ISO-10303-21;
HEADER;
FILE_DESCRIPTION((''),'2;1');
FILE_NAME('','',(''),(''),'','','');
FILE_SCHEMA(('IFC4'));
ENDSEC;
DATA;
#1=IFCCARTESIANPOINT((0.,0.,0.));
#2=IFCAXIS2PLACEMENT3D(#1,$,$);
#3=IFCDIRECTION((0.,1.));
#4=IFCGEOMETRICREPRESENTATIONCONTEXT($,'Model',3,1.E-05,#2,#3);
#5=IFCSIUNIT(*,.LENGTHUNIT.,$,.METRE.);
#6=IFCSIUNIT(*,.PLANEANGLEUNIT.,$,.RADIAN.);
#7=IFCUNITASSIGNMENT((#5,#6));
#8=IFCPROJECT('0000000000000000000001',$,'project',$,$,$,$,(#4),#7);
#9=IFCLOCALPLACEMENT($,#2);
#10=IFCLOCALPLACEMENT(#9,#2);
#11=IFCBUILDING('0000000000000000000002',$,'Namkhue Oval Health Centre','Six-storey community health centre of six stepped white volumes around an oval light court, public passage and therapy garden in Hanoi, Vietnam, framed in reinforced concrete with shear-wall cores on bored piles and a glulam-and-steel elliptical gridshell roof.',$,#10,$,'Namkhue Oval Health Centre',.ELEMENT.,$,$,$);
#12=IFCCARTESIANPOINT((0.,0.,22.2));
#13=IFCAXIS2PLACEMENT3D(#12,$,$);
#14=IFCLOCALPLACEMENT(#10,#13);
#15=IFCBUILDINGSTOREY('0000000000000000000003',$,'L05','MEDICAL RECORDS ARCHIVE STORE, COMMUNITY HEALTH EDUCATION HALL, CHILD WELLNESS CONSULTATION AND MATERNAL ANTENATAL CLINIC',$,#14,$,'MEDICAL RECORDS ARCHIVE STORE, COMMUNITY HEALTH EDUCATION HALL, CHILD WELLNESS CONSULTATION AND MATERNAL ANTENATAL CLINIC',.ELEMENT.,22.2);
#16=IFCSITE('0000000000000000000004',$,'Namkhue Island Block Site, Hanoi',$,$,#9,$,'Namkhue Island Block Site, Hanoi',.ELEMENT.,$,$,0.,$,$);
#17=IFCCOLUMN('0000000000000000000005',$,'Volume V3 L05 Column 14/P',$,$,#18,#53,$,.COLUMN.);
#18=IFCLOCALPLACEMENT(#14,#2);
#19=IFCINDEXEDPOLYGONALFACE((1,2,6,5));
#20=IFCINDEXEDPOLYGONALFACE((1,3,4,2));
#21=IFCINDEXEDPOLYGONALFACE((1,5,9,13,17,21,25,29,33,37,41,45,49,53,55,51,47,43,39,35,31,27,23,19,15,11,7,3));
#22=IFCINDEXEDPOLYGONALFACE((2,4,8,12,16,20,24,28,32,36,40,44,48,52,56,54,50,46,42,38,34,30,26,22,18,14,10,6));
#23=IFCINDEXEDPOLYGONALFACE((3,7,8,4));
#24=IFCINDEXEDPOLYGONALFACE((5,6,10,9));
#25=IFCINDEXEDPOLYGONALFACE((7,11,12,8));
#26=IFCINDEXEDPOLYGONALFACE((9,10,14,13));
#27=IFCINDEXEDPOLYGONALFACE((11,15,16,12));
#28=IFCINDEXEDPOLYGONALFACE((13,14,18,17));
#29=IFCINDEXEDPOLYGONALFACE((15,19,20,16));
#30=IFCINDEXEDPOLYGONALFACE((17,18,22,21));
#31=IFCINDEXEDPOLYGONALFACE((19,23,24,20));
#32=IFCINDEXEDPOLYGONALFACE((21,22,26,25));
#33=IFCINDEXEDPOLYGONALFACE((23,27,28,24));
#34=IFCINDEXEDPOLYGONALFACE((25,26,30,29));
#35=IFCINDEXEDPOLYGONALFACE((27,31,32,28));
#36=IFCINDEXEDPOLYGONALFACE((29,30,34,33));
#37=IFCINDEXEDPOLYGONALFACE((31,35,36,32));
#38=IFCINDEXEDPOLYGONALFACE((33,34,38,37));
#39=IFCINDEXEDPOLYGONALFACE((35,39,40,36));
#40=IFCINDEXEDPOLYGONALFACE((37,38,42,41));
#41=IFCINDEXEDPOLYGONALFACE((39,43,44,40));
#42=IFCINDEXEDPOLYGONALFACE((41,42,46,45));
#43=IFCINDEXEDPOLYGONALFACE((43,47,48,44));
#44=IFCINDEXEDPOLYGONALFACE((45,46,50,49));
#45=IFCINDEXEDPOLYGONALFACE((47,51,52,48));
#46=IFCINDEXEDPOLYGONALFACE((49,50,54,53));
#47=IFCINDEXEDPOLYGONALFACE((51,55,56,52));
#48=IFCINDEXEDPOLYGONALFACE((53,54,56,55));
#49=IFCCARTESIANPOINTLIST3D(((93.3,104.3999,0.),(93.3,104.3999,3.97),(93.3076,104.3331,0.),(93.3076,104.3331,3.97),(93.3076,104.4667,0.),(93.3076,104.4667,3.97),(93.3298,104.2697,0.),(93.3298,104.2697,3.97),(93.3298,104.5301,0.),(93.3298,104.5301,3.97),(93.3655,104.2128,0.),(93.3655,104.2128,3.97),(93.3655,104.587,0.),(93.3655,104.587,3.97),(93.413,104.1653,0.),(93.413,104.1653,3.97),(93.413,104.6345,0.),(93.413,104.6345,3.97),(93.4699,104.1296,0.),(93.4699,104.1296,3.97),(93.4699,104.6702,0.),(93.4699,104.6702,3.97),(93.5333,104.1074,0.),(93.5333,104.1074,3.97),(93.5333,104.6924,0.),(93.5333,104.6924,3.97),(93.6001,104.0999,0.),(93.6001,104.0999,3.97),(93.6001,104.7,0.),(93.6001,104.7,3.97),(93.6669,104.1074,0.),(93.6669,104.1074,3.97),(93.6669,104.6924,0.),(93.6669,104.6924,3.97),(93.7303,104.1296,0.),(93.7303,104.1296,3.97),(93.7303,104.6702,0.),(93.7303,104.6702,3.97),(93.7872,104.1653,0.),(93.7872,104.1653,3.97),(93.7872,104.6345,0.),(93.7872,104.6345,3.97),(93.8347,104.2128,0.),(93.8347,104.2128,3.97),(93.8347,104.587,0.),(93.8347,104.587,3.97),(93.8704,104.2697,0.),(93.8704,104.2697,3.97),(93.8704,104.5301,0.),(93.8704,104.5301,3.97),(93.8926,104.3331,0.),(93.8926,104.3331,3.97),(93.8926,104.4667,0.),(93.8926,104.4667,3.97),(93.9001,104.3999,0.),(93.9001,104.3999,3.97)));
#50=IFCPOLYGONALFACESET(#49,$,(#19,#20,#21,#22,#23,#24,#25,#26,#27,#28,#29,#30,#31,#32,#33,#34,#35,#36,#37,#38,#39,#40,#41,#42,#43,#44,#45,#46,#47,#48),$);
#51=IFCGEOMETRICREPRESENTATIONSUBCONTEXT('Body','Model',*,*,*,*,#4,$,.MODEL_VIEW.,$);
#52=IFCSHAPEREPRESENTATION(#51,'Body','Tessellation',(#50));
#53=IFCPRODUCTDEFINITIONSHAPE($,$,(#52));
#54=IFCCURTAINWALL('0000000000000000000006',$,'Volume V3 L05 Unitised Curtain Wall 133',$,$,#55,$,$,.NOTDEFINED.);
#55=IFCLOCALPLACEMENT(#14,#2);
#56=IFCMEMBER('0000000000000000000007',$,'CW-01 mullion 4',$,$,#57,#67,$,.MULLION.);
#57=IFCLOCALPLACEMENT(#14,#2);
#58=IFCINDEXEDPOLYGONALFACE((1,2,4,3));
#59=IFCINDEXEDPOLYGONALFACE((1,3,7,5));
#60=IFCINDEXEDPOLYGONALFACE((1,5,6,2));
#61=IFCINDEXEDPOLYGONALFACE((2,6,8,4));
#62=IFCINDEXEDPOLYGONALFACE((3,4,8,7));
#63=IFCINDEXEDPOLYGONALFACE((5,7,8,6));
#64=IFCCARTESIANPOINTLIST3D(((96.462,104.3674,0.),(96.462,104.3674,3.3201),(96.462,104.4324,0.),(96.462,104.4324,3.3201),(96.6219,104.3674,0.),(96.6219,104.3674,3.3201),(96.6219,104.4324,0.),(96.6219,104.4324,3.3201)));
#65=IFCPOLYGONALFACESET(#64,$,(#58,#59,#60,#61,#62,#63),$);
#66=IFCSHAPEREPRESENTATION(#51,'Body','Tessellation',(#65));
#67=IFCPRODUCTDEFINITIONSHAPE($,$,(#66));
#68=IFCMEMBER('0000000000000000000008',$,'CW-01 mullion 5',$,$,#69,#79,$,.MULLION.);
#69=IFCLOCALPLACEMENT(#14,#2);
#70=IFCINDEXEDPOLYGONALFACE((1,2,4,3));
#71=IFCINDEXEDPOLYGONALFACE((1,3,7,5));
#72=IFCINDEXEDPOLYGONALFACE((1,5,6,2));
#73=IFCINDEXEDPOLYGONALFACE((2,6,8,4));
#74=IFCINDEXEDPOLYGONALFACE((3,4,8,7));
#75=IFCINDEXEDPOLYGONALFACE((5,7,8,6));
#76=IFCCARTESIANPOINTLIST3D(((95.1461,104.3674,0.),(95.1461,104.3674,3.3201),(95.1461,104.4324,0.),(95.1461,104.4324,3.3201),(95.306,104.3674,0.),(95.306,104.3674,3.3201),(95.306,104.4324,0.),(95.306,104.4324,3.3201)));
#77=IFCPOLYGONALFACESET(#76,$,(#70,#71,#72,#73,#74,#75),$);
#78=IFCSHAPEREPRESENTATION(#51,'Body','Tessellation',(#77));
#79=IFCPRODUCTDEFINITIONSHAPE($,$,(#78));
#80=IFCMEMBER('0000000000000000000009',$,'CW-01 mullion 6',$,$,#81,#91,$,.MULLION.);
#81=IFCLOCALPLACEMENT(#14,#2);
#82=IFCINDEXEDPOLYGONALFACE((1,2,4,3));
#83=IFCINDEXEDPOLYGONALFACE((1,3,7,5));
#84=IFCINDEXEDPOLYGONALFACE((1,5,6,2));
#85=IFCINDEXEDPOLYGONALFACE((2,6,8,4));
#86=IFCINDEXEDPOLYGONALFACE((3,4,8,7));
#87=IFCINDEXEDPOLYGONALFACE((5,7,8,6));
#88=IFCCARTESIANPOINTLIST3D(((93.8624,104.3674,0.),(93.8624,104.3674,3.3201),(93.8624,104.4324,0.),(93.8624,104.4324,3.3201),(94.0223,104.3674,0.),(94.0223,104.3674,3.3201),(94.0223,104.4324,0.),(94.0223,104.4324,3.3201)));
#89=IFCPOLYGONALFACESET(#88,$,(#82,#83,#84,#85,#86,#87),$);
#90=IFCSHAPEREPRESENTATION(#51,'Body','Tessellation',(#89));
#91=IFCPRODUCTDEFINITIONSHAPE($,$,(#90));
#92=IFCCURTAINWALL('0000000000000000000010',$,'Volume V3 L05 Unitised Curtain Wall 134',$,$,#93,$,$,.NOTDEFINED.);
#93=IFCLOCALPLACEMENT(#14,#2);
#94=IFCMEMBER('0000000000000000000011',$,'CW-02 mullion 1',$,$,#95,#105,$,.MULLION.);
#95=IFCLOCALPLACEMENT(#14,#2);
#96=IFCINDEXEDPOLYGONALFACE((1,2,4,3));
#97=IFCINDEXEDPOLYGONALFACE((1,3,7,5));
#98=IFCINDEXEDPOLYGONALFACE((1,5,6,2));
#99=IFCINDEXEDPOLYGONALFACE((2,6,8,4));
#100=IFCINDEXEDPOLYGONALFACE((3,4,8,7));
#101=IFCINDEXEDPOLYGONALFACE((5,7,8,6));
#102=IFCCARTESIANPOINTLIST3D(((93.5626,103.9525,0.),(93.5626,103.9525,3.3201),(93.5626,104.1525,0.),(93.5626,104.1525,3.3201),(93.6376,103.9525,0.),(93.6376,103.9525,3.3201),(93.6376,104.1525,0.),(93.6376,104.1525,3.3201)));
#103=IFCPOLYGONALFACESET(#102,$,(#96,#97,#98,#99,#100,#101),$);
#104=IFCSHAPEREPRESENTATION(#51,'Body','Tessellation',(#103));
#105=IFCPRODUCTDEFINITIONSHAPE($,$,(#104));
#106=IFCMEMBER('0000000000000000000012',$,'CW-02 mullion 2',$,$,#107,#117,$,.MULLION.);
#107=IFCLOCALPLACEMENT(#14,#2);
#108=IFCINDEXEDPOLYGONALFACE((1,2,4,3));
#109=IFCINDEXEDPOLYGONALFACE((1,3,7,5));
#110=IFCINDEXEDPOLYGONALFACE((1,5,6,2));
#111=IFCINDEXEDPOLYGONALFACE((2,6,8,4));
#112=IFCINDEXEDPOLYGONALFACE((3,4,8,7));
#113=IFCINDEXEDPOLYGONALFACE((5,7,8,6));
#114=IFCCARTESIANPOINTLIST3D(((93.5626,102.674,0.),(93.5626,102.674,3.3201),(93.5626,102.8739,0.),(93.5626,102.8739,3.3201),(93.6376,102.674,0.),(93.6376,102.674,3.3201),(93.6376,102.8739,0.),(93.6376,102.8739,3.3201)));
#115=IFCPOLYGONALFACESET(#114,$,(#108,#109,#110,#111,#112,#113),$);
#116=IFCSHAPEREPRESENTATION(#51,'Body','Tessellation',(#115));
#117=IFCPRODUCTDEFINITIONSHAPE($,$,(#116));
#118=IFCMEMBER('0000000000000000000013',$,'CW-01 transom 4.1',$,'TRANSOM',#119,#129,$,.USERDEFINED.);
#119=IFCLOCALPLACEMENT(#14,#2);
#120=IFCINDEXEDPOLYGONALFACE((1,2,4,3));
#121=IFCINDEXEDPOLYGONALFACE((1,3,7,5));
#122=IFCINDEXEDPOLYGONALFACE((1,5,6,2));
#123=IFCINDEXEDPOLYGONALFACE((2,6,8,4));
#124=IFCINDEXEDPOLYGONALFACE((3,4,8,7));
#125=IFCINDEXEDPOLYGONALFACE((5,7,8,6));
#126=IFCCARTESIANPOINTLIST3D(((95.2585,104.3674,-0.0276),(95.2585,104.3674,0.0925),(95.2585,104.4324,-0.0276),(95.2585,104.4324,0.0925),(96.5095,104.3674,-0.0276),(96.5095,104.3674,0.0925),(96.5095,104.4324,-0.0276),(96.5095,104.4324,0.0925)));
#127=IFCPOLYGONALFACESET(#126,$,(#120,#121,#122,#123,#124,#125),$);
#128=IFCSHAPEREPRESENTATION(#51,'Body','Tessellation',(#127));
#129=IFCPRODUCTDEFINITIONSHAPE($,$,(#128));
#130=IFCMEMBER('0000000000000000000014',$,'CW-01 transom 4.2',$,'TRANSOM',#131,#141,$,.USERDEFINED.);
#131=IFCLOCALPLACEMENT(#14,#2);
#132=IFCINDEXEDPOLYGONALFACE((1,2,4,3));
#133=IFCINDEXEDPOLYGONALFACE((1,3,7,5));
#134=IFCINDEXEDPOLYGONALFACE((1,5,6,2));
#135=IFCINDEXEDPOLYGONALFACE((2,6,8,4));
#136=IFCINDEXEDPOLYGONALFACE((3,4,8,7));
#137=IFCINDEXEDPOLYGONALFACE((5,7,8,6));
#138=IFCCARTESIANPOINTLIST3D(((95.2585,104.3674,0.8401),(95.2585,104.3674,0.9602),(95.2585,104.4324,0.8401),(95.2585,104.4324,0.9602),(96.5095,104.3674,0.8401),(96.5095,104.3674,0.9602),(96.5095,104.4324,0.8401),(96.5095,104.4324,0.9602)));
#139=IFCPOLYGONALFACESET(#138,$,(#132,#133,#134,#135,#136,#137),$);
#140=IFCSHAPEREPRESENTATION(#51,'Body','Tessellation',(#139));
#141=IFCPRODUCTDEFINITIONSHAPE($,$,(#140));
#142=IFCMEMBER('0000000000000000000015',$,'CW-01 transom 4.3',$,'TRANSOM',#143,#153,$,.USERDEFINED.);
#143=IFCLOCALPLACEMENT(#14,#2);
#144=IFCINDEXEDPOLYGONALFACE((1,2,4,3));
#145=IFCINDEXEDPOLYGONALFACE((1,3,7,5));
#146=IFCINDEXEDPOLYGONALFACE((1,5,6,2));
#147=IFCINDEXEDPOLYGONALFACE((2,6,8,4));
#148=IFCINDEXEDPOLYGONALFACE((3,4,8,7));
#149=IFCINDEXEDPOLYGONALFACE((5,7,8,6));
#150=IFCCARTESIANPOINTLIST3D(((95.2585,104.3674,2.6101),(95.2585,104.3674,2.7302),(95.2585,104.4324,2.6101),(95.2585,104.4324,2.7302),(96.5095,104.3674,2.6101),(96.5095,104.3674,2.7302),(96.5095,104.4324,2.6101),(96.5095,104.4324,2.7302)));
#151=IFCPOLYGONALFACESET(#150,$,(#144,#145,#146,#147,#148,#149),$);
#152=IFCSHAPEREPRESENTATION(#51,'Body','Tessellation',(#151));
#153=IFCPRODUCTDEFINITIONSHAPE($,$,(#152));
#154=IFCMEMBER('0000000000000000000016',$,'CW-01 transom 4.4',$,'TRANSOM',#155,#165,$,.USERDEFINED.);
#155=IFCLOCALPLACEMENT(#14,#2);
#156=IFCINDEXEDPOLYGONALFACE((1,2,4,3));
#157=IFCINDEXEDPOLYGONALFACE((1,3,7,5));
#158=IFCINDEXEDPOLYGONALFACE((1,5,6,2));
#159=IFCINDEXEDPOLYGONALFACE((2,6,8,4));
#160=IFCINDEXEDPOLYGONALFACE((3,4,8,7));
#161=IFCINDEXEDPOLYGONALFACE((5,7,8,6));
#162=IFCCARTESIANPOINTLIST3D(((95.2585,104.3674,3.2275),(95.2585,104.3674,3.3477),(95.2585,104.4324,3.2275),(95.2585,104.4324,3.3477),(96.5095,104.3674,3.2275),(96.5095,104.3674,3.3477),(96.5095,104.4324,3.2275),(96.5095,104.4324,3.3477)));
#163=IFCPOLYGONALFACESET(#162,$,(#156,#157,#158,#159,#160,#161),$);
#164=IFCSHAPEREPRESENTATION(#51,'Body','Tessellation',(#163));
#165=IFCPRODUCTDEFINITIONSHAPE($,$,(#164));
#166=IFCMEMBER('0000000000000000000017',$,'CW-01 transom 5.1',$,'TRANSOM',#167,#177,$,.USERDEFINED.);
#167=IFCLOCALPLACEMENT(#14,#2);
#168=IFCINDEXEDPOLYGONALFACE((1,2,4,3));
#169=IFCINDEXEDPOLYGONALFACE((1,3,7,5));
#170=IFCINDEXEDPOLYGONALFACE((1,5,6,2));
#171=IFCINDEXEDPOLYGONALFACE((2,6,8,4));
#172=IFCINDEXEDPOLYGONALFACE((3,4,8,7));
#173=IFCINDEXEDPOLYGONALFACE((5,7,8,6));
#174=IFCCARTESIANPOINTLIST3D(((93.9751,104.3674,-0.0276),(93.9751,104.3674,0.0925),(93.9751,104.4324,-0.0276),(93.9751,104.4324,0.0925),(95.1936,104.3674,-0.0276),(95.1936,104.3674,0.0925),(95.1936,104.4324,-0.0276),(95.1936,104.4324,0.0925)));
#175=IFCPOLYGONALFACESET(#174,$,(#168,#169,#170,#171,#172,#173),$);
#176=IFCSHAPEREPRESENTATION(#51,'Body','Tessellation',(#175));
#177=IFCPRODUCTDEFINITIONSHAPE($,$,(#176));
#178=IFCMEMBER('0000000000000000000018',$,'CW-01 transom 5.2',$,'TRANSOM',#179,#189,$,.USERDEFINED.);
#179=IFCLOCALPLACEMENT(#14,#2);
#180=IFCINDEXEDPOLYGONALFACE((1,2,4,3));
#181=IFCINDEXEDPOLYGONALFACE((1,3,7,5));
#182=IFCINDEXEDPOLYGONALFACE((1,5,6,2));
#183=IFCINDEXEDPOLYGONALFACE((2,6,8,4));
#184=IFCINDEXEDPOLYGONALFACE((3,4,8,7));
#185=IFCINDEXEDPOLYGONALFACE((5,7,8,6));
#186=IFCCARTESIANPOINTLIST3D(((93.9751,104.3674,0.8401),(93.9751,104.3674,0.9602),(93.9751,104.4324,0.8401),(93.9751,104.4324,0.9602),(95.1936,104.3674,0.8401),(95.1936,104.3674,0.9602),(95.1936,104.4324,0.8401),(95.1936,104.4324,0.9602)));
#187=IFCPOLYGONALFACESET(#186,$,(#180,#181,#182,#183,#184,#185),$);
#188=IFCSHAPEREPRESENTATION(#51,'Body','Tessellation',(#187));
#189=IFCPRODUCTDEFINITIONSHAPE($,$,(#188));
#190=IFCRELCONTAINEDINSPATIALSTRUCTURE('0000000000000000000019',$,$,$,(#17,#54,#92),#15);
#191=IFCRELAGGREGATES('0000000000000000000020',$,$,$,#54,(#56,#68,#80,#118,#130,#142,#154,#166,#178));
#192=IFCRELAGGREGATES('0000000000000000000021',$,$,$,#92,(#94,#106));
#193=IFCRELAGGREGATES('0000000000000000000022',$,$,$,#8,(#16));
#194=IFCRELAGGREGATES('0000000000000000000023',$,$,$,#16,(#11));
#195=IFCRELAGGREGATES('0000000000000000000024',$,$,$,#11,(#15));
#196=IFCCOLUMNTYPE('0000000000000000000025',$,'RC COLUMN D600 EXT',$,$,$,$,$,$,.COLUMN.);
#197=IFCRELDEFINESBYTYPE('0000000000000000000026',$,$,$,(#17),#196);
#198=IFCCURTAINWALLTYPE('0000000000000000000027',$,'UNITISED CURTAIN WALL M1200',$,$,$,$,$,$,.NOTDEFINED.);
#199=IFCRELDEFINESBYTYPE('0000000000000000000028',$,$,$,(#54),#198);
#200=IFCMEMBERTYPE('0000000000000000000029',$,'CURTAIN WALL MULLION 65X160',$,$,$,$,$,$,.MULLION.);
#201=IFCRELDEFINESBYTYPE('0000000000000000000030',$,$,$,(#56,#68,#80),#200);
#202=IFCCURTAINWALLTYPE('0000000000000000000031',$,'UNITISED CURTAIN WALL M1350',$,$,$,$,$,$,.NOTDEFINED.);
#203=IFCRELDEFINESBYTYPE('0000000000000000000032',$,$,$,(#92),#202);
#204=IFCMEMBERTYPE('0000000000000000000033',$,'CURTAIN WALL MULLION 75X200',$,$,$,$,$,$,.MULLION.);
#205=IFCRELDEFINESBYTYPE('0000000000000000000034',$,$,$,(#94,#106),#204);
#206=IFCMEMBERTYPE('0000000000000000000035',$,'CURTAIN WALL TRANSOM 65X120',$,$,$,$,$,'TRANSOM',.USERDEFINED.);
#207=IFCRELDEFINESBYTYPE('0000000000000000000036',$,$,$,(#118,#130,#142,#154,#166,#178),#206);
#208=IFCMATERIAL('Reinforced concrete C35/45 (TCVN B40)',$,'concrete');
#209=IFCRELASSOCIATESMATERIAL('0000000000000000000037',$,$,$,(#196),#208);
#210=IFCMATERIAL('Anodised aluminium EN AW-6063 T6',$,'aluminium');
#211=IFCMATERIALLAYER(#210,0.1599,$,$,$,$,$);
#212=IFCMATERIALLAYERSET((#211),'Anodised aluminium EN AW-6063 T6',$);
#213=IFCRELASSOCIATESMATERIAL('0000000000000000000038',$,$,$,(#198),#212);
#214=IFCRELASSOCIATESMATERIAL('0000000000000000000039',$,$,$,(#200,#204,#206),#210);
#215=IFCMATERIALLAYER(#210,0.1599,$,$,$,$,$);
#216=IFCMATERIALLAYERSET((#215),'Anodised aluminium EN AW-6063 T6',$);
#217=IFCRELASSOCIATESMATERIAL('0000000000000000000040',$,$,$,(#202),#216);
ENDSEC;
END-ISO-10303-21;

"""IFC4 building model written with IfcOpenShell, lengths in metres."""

from ifc_helpers import new_model, si_unit, direction, frame, origin, origin_2d, place, context, subcontext, project, spatial, rectangle, circle, extrude, material, layer, layer_set, material_profile, profile_set, type_object, element, aggregate, save


model = new_model("IFC4")

# Units and contexts
model_context = context("Model", 3, precision=1e-05, world=origin(), true_north=direction((0.0, 1.0)))
body_context = subcontext(model_context, "Body", "Model", "MODEL_VIEW")
ifc_project = project(units=[si_unit("LENGTHUNIT", "METRE"), si_unit("PLANEANGLEUNIT", "RADIAN")], contexts=[model_context])

# Site, building, storey
site_placement = place(None, origin())
site = spatial("IfcSite", under=ifc_project, at=site_placement, Name="Namkhue Island Block Site, Hanoi", LongName="Namkhue Island Block Site, Hanoi", CompositionType="ELEMENT", RefElevation=0.0)
building_placement = place(site_placement, origin())
building = spatial("IfcBuilding", under=site, at=building_placement, Name="Namkhue Oval Health Centre", Description="Six-storey community health centre of six stepped white volumes around an oval light court, public passage and therapy garden in Hanoi, Vietnam, framed in reinforced concrete with shear-wall cores on bored piles and a glulam-and-steel elliptical gridshell roof.", LongName="Namkhue Oval Health Centre", CompositionType="ELEMENT")
storey_placement = place(building_placement, frame((0.0, 0.0, 22.2)))
storey = spatial("IfcBuildingStorey", under=building, at=storey_placement, Name="L05", Description="MEDICAL RECORDS ARCHIVE STORE, COMMUNITY HEALTH EDUCATION HALL, CHILD WELLNESS CONSULTATION AND MATERNAL ANTENATAL CLINIC", LongName="MEDICAL RECORDS ARCHIVE STORE, COMMUNITY HEALTH EDUCATION HALL, CHILD WELLNESS CONSULTATION AND MATERNAL ANTENATAL CLINIC", CompositionType="ELEMENT", Elevation=22.2)

# Column
ifc_material_1 = material(Name="Reinforced concrete C35/45 (TCVN B40)", Category="concrete")
ifc_material_profile_1 = material_profile(ifc_material_1, circle(Radius=0.3, at=origin_2d()), Name="RC D600")
ifc_profile_set_1 = profile_set([ifc_material_profile_1], Name="Reinforced concrete C35/45 (TCVN B40)")
column_type = type_object("IfcColumnType", Name="RC COLUMN D600 EXT", PredefinedType="COLUMN", material=ifc_profile_set_1)
column_placement = place(storey_placement, frame((93.6001, 104.3999, 0.0), z_axis=(0.0, 0.0, 1.0), x_axis=(1.0, 0.0, 0.0)))
element("IfcColumn", 1, at=column_placement, inside=storey, type_object=column_type, Name="Volume V3 L05 Column 14/P", PredefinedType="COLUMN", context=body_context, shape_type="SweptSolid", body=[
    extrude(circle(Radius=0.3, at=origin_2d()), origin(), (0.0, 0.0, 1.0), 3.97),
])

# Curtain walls, members
ifc_material_2 = material(Name="Anodised aluminium EN AW-6063 T6", Category="aluminium")
ifc_layer_1 = layer(ifc_material_2, 0.1599)
ifc_layer_set_1 = layer_set([ifc_layer_1], Name="Anodised aluminium EN AW-6063 T6")
curtain_wall_type_1 = type_object("IfcCurtainWallType", Name="UNITISED CURTAIN WALL M1200", PredefinedType="NOTDEFINED", material=ifc_layer_set_1)
curtain_wall_1_placement = place(storey_placement, origin())
curtain_wall_1 = element("IfcCurtainWall", 2, at=curtain_wall_1_placement, inside=storey, type_object=curtain_wall_type_1, Name="Volume V3 L05 Unitised Curtain Wall 133", PredefinedType="NOTDEFINED")
ifc_material_profile_2 = material_profile(ifc_material_2, rectangle(XDim=0.0649, YDim=0.1599, at=origin_2d()), Name="ALU 65x160")
ifc_profile_set_2 = profile_set([ifc_material_profile_2], Name="Anodised aluminium EN AW-6063 T6")
member_type_1 = type_object("IfcMemberType", Name="CURTAIN WALL MULLION 65X160", PredefinedType="MULLION", material=ifc_profile_set_2)
member_1_placement = place(storey_placement, frame((96.542, 104.3999, 0.0), z_axis=(0.0, 0.0, 1.0), x_axis=(0.0, -1.0, 0.0)))
member_1 = element("IfcMember", 3, at=member_1_placement, type_object=member_type_1, Name="CW-01 mullion 4", PredefinedType="MULLION", context=body_context, shape_type="SweptSolid", body=[
    extrude(rectangle(XDim=0.0649, YDim=0.1599, at=origin_2d()), origin(), (0.0, 0.0, 1.0), 3.3201),
])
member_2_placement = place(storey_placement, frame((95.2261, 104.3999, 0.0), z_axis=(0.0, 0.0, 1.0), x_axis=(0.0, -1.0, 0.0)))
member_2 = element("IfcMember", 4, at=member_2_placement, type_object=member_type_1, Name="CW-01 mullion 5", PredefinedType="MULLION", context=body_context, shape_type="SweptSolid", body=[
    extrude(rectangle(XDim=0.0649, YDim=0.1599, at=origin_2d()), origin(), (0.0, 0.0, 1.0), 3.3201),
])
member_3_placement = place(storey_placement, frame((93.9424, 104.3999, 0.0), z_axis=(0.0, 0.0, 1.0), x_axis=(0.0, -1.0, 0.0)))
member_3 = element("IfcMember", 5, at=member_3_placement, type_object=member_type_1, Name="CW-01 mullion 6", PredefinedType="MULLION", context=body_context, shape_type="SweptSolid", body=[
    extrude(rectangle(XDim=0.0649, YDim=0.1599, at=origin_2d()), origin(), (0.0, 0.0, 1.0), 3.3201),
])
ifc_layer_2 = layer(ifc_material_2, 0.1599)
ifc_layer_set_2 = layer_set([ifc_layer_2], Name="Anodised aluminium EN AW-6063 T6")
curtain_wall_type_2 = type_object("IfcCurtainWallType", Name="UNITISED CURTAIN WALL M1350", PredefinedType="NOTDEFINED", material=ifc_layer_set_2)
curtain_wall_2_placement = place(storey_placement, origin())
curtain_wall_2 = element("IfcCurtainWall", 6, at=curtain_wall_2_placement, inside=storey, type_object=curtain_wall_type_2, Name="Volume V3 L05 Unitised Curtain Wall 134", PredefinedType="NOTDEFINED")
ifc_material_profile_3 = material_profile(ifc_material_2, rectangle(XDim=0.075, YDim=0.2, at=origin_2d()), Name="ALU 75x200")
ifc_profile_set_3 = profile_set([ifc_material_profile_3], Name="Anodised aluminium EN AW-6063 T6")
member_type_2 = type_object("IfcMemberType", Name="CURTAIN WALL MULLION 75X200", PredefinedType="MULLION", material=ifc_profile_set_3)
member_4_placement = place(storey_placement, frame((93.6001, 104.0525, 0.0), z_axis=(0.0, 0.0, 1.0), x_axis=(1.0, 0.0, 0.0)))
member_4 = element("IfcMember", 7, at=member_4_placement, type_object=member_type_2, Name="CW-02 mullion 1", PredefinedType="MULLION", context=body_context, shape_type="SweptSolid", body=[
    extrude(rectangle(XDim=0.075, YDim=0.2, at=origin_2d()), origin(), (0.0, 0.0, 1.0), 3.3201),
])
member_5_placement = place(storey_placement, frame((93.6001, 102.7739, 0.0), z_axis=(0.0, 0.0, 1.0), x_axis=(1.0, 0.0, 0.0)))
member_5 = element("IfcMember", 8, at=member_5_placement, type_object=member_type_2, Name="CW-02 mullion 2", PredefinedType="MULLION", context=body_context, shape_type="SweptSolid", body=[
    extrude(rectangle(XDim=0.075, YDim=0.2, at=origin_2d()), origin(), (0.0, 0.0, 1.0), 3.3201),
])

# Members
ifc_material_profile_4 = material_profile(ifc_material_2, rectangle(XDim=0.0649, YDim=0.1201, at=origin_2d()), Name="ALU 65x120")
ifc_profile_set_4 = profile_set([ifc_material_profile_4], Name="Anodised aluminium EN AW-6063 T6")
member_type_3 = type_object("IfcMemberType", Name="CURTAIN WALL TRANSOM 65X120", ElementType="TRANSOM", PredefinedType="USERDEFINED", material=ifc_profile_set_4)
member_6_placement = place(storey_placement, frame((96.5095, 104.3999, 0.0325), z_axis=(-1.0, 0.0, 0.0), x_axis=(0.0, -1.0, 0.0)))
member_6 = element("IfcMember", 9, at=member_6_placement, type_object=member_type_3, Name="CW-01 transom 4.1", ObjectType="TRANSOM", PredefinedType="USERDEFINED", context=body_context, shape_type="SweptSolid", body=[
    extrude(rectangle(XDim=0.0649, YDim=0.1201, at=origin_2d()), origin(), (0.0, 0.0, 1.0), 1.251),
])
member_7_placement = place(storey_placement, frame((96.5095, 104.3999, 0.9001), z_axis=(-1.0, 0.0, 0.0), x_axis=(0.0, -1.0, 0.0)))
member_7 = element("IfcMember", 10, at=member_7_placement, type_object=member_type_3, Name="CW-01 transom 4.2", ObjectType="TRANSOM", PredefinedType="USERDEFINED", context=body_context, shape_type="SweptSolid", body=[
    extrude(rectangle(XDim=0.0649, YDim=0.1201, at=origin_2d()), origin(), (0.0, 0.0, 1.0), 1.251),
])
member_8_placement = place(storey_placement, frame((96.5095, 104.3999, 2.6702), z_axis=(-1.0, 0.0, 0.0), x_axis=(0.0, -1.0, 0.0)))
member_8 = element("IfcMember", 11, at=member_8_placement, type_object=member_type_3, Name="CW-01 transom 4.3", ObjectType="TRANSOM", PredefinedType="USERDEFINED", context=body_context, shape_type="SweptSolid", body=[
    extrude(rectangle(XDim=0.0649, YDim=0.1201, at=origin_2d()), origin(), (0.0, 0.0, 1.0), 1.251),
])
member_9_placement = place(storey_placement, frame((96.5095, 104.3999, 3.2876), z_axis=(-1.0, 0.0, 0.0), x_axis=(0.0, -1.0, 0.0)))
member_9 = element("IfcMember", 12, at=member_9_placement, type_object=member_type_3, Name="CW-01 transom 4.4", ObjectType="TRANSOM", PredefinedType="USERDEFINED", context=body_context, shape_type="SweptSolid", body=[
    extrude(rectangle(XDim=0.0649, YDim=0.1201, at=origin_2d()), origin(), (0.0, 0.0, 1.0), 1.251),
])
member_10_placement = place(storey_placement, frame((95.1936, 104.3999, 0.0325), z_axis=(-1.0, 0.0, 0.0), x_axis=(0.0, -1.0, 0.0)))
member_10 = element("IfcMember", 13, at=member_10_placement, type_object=member_type_3, Name="CW-01 transom 5.1", ObjectType="TRANSOM", PredefinedType="USERDEFINED", context=body_context, shape_type="SweptSolid", body=[
    extrude(rectangle(XDim=0.0649, YDim=0.1201, at=origin_2d()), origin(), (0.0, 0.0, 1.0), 1.2185),
])
member_11_placement = place(storey_placement, frame((95.1936, 104.3999, 0.9001), z_axis=(-1.0, 0.0, 0.0), x_axis=(0.0, -1.0, 0.0)))
member_11 = element("IfcMember", 14, at=member_11_placement, type_object=member_type_3, Name="CW-01 transom 5.2", ObjectType="TRANSOM", PredefinedType="USERDEFINED", context=body_context, shape_type="SweptSolid", body=[
    extrude(rectangle(XDim=0.0649, YDim=0.1201, at=origin_2d()), origin(), (0.0, 0.0, 1.0), 1.2185),
])

aggregate(curtain_wall_1, [member_1, member_2, member_3, member_6, member_7, member_8, member_9, member_10, member_11])
aggregate(curtain_wall_2, [member_4, member_5])

save(model, "model.ifc")
